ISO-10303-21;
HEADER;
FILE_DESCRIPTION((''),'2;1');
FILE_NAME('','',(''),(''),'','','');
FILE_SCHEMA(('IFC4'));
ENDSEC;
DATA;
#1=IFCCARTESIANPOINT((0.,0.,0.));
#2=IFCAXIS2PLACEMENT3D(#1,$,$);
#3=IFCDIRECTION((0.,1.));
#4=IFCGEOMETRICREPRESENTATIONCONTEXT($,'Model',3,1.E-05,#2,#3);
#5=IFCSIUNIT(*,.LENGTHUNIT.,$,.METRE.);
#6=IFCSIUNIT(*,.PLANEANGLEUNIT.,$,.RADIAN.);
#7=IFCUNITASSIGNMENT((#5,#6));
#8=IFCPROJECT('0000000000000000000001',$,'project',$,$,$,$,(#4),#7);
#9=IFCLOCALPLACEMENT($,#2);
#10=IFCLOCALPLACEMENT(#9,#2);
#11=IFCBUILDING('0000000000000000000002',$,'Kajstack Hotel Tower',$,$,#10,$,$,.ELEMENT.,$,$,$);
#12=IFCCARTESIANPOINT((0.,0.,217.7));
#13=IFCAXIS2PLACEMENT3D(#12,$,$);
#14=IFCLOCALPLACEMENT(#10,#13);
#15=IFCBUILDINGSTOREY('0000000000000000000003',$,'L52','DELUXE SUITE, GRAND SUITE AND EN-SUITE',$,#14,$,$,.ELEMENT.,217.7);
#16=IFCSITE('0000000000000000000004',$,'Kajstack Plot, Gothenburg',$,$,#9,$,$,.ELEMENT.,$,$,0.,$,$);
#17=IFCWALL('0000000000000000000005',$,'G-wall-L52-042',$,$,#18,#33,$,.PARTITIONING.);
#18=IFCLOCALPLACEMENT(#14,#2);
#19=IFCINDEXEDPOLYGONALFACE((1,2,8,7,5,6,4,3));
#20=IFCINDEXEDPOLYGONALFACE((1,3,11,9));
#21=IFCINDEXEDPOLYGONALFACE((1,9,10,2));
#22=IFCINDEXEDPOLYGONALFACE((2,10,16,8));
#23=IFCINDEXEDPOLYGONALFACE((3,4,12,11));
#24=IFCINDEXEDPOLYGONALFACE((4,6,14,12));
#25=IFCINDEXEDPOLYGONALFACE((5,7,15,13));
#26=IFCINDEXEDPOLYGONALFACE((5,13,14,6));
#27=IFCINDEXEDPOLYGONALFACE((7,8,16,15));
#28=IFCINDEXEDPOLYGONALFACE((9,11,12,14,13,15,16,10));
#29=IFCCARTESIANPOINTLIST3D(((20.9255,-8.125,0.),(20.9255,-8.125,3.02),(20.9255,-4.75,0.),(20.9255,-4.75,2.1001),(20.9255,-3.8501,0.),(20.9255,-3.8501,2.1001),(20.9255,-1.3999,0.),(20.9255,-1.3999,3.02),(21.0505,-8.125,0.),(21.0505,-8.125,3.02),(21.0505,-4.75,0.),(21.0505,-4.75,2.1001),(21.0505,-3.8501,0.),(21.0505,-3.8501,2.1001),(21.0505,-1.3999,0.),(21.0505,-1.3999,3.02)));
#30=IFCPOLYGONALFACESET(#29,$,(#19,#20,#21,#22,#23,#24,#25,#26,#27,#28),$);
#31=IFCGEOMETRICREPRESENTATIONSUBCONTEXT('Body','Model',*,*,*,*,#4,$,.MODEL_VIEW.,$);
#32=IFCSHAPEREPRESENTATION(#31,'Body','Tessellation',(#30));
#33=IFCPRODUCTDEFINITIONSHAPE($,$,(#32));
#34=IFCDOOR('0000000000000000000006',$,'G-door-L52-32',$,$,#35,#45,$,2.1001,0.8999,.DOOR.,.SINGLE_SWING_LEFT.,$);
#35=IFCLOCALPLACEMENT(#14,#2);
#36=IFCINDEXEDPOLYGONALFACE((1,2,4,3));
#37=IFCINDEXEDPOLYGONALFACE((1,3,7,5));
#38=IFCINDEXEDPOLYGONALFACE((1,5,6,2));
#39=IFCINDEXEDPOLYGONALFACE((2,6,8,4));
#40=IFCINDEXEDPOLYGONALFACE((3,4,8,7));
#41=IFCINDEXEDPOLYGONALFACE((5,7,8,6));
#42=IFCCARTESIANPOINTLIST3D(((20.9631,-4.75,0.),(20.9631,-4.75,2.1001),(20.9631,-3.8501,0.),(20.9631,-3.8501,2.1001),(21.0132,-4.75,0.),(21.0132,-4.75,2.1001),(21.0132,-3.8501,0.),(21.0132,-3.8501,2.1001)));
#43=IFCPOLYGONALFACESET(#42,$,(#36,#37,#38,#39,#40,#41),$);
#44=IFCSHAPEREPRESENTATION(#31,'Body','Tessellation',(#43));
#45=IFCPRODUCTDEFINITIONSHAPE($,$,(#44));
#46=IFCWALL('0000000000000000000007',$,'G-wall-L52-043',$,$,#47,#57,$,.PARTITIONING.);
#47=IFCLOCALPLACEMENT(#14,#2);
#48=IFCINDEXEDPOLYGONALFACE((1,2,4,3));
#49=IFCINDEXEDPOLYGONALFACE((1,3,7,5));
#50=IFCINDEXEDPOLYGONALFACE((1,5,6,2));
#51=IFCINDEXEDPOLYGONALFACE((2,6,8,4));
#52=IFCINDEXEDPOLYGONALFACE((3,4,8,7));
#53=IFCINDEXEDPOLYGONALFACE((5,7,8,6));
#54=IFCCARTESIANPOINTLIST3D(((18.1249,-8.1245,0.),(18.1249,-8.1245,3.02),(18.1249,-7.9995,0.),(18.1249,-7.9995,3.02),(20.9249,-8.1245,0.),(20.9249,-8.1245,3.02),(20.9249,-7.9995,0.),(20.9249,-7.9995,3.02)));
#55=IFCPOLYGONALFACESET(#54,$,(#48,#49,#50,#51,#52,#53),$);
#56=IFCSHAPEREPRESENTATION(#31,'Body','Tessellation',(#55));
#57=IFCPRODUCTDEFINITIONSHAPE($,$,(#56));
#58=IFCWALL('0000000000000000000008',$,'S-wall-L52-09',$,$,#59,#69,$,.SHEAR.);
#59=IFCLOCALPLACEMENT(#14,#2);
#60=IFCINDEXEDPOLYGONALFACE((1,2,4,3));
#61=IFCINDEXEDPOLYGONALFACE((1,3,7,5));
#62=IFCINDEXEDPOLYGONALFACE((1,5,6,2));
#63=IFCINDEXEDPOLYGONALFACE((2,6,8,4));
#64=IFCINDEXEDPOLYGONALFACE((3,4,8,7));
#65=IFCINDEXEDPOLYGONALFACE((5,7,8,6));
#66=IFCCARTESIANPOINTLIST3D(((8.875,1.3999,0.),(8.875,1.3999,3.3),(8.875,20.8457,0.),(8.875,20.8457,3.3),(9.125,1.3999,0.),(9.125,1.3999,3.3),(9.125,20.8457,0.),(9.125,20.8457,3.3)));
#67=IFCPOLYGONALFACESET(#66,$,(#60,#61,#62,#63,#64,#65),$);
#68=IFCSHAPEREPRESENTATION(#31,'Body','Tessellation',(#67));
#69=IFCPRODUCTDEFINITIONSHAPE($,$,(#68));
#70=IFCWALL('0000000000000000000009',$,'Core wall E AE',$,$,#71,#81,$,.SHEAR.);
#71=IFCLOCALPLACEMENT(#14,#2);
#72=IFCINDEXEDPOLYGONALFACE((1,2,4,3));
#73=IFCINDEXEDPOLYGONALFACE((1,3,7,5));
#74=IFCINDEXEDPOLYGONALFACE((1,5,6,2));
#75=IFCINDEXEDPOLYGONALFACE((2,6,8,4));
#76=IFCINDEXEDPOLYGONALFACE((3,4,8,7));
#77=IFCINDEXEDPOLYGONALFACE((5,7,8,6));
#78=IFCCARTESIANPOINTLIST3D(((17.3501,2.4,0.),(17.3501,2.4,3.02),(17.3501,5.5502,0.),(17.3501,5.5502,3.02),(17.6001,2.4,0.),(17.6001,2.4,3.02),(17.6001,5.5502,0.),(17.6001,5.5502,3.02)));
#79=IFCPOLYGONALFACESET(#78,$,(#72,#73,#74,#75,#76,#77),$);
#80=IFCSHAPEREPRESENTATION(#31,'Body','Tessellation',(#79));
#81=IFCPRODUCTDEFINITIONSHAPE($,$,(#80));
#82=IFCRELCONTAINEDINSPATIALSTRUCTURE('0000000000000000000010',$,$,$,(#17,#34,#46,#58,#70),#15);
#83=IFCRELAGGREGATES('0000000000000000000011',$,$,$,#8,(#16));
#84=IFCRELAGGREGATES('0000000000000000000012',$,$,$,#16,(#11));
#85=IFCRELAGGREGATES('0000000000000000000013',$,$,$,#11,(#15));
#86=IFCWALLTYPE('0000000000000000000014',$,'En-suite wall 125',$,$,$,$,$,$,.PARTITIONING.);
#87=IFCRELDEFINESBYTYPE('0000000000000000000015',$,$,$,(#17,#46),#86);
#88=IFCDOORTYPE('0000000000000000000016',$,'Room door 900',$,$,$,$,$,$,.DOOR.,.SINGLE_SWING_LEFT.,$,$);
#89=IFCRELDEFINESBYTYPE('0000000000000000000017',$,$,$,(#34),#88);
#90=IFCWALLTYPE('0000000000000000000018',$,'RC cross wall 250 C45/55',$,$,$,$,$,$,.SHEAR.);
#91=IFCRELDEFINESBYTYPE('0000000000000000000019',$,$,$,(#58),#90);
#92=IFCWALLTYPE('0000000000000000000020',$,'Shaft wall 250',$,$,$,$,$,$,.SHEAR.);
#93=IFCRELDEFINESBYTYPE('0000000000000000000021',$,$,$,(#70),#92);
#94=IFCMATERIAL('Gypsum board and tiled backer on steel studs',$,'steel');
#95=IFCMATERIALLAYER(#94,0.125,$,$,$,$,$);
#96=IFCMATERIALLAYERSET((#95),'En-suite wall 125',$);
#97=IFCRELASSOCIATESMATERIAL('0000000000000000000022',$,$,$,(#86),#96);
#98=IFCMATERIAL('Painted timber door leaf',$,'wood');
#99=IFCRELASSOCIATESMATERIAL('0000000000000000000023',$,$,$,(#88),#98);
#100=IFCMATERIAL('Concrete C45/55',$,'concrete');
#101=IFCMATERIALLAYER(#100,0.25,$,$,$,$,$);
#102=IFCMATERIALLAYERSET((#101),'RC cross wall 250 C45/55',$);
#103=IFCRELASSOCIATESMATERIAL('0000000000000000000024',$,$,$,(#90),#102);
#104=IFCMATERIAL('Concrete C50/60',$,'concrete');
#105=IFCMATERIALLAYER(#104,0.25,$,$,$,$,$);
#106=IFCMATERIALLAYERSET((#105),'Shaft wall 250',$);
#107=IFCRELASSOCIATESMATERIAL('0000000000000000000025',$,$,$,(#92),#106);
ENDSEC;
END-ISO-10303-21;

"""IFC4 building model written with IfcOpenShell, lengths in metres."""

from ifc_helpers import new_model, si_unit, direction, frame, frame_2d, origin, place, context, subcontext, project, spatial, rectangle, extrude, material, layer, layer_set, type_object, element, fill, save


model = new_model("IFC4")

# Units and contexts
model_context = context("Model", 3, precision=1e-05, world=origin(), true_north=direction((0.0, 1.0)))
body_context = subcontext(model_context, "Body", "Model", "MODEL_VIEW")
ifc_project = project(units=[si_unit("LENGTHUNIT", "METRE"), si_unit("PLANEANGLEUNIT", "RADIAN")], contexts=[model_context])

# Site, building, storey
site_placement = place(None, origin())
site = spatial("IfcSite", under=ifc_project, at=site_placement, Name="Kajstack Plot, Gothenburg", CompositionType="ELEMENT", RefElevation=0.0)
building_placement = place(site_placement, origin())
building = spatial("IfcBuilding", under=site, at=building_placement, Name="Kajstack Hotel Tower", CompositionType="ELEMENT")
storey_placement = place(building_placement, frame((0.0, 0.0, 217.7)))
storey = spatial("IfcBuildingStorey", under=building, at=storey_placement, Name="L52", Description="DELUXE SUITE, GRAND SUITE AND EN-SUITE", CompositionType="ELEMENT", Elevation=217.7)

# Shared definitions
ifc_material_1 = material(Name="Gypsum board and tiled backer on steel studs", Category="steel")
ifc_layer_1 = layer(ifc_material_1, 0.125)
ifc_layer_set_1 = layer_set([ifc_layer_1], Name="En-suite wall 125")
wall_type_1 = type_object("IfcWallType", Name="En-suite wall 125", PredefinedType="PARTITIONING", material=ifc_layer_set_1)
ifc_material_2 = material(Name="Painted timber door leaf", Category="wood")
door_type_1 = type_object("IfcDoorType", Name="Room door 900", OperationType="SINGLE_SWING_LEFT", PredefinedType="DOOR", material=ifc_material_2)

# Wall, opening, door
wall_1_placement = place(storey_placement, frame((20.988, -8.125, 0.0), z_axis=(0.0, 0.0, 1.0), x_axis=(0.0, 1.0, 0.0)))
wall_1 = element("IfcWall", 1, at=wall_1_placement, inside=storey, type_object=wall_type_1, Name="G-wall-L52-042", PredefinedType="PARTITIONING", context=body_context, shape_type="SweptSolid", body=[
    extrude(rectangle(XDim=6.7251, YDim=0.125, at=frame_2d((3.3625, 0.0))), origin(), (0.0, 0.0, 1.0), 3.02),
])
opening_1_placement = place(wall_1_placement, frame((3.375, 0.0, 0.0)))
opening_1 = element("IfcOpeningElement", 2, at=opening_1_placement, cuts=wall_1, PredefinedType="OPENING", context=body_context, shape_type="SweptSolid", body=[
    extrude(rectangle(XDim=0.8999, YDim=2.1001, at=frame_2d((0.45, 1.05))), frame((0.0, 0.0725, 0.0), z_axis=(0.0, -1.0, 0.0), x_axis=(1.0, 0.0, 0.0)), (0.0, 0.0, 1.0), 0.145),
])
door_1_placement = place(opening_1_placement, origin())
door_1 = element("IfcDoor", 3, at=door_1_placement, inside=storey, type_object=door_type_1, Name="G-door-L52-32", OperationType="SINGLE_SWING_LEFT", OverallHeight=2.1001, OverallWidth=0.8999, PredefinedType="DOOR", context=body_context, shape_type="SweptSolid", body=[
    extrude(rectangle(XDim=0.8999, YDim=2.1001, at=frame_2d((0.45, 1.05))), frame((0.0, 0.0249, 0.0), z_axis=(0.0, -1.0, 0.0), x_axis=(1.0, 0.0, 0.0)), (0.0, 0.0, 1.0), 0.05),
])
fill(opening_1, door_1)

# Walls
wall_2_placement = place(storey_placement, frame((18.125, -8.062, 0.0), z_axis=(0.0, 0.0, 1.0), x_axis=(1.0, 0.0, 0.0)))
element("IfcWall", 4, at=wall_2_placement, inside=storey, type_object=wall_type_1, Name="G-wall-L52-043", PredefinedType="PARTITIONING", context=body_context, shape_type="SweptSolid", body=[
    extrude(rectangle(XDim=2.8, YDim=0.125, at=frame_2d((1.3999, 0.0))), origin(), (0.0, 0.0, 1.0), 3.02),
])
ifc_material_3 = material(Name="Concrete C45/55", Category="concrete")
ifc_layer_2 = layer(ifc_material_3, 0.25)
ifc_layer_set_2 = layer_set([ifc_layer_2], Name="RC cross wall 250 C45/55")
wall_type_2 = type_object("IfcWallType", Name="RC cross wall 250 C45/55", PredefinedType="SHEAR", material=ifc_layer_set_2)
wall_3_placement = place(storey_placement, frame((9.0, 1.3999, 0.0), z_axis=(0.0, 0.0, 1.0), x_axis=(0.0, 1.0, 0.0)))
element("IfcWall", 5, at=wall_3_placement, inside=storey, type_object=wall_type_2, Name="S-wall-L52-09", PredefinedType="SHEAR", context=body_context, shape_type="SweptSolid", body=[
    extrude(rectangle(XDim=19.4458, YDim=0.25, at=frame_2d((9.7229, 0.0))), origin(), (0.0, 0.0, 1.0), 3.3),
])
ifc_material_4 = material(Name="Concrete C50/60", Category="concrete")
ifc_layer_3 = layer(ifc_material_4, 0.25)
ifc_layer_set_3 = layer_set([ifc_layer_3], Name="Shaft wall 250")
wall_type_3 = type_object("IfcWallType", Name="Shaft wall 250", PredefinedType="SHEAR", material=ifc_layer_set_3)
wall_4_placement = place(storey_placement, frame((17.4751, 2.3999, 0.0), z_axis=(0.0, 0.0, 1.0), x_axis=(0.0, 1.0, 0.0)))
element("IfcWall", 6, at=wall_4_placement, inside=storey, type_object=wall_type_3, Name="Core wall E AE", PredefinedType="SHEAR", context=body_context, shape_type="SweptSolid", body=[
    extrude(rectangle(XDim=3.1501, YDim=0.25, at=frame_2d((1.5752, 0.0))), origin(), (0.0, 0.0, 1.0), 3.02),
])

save(model, "model.ifc")
